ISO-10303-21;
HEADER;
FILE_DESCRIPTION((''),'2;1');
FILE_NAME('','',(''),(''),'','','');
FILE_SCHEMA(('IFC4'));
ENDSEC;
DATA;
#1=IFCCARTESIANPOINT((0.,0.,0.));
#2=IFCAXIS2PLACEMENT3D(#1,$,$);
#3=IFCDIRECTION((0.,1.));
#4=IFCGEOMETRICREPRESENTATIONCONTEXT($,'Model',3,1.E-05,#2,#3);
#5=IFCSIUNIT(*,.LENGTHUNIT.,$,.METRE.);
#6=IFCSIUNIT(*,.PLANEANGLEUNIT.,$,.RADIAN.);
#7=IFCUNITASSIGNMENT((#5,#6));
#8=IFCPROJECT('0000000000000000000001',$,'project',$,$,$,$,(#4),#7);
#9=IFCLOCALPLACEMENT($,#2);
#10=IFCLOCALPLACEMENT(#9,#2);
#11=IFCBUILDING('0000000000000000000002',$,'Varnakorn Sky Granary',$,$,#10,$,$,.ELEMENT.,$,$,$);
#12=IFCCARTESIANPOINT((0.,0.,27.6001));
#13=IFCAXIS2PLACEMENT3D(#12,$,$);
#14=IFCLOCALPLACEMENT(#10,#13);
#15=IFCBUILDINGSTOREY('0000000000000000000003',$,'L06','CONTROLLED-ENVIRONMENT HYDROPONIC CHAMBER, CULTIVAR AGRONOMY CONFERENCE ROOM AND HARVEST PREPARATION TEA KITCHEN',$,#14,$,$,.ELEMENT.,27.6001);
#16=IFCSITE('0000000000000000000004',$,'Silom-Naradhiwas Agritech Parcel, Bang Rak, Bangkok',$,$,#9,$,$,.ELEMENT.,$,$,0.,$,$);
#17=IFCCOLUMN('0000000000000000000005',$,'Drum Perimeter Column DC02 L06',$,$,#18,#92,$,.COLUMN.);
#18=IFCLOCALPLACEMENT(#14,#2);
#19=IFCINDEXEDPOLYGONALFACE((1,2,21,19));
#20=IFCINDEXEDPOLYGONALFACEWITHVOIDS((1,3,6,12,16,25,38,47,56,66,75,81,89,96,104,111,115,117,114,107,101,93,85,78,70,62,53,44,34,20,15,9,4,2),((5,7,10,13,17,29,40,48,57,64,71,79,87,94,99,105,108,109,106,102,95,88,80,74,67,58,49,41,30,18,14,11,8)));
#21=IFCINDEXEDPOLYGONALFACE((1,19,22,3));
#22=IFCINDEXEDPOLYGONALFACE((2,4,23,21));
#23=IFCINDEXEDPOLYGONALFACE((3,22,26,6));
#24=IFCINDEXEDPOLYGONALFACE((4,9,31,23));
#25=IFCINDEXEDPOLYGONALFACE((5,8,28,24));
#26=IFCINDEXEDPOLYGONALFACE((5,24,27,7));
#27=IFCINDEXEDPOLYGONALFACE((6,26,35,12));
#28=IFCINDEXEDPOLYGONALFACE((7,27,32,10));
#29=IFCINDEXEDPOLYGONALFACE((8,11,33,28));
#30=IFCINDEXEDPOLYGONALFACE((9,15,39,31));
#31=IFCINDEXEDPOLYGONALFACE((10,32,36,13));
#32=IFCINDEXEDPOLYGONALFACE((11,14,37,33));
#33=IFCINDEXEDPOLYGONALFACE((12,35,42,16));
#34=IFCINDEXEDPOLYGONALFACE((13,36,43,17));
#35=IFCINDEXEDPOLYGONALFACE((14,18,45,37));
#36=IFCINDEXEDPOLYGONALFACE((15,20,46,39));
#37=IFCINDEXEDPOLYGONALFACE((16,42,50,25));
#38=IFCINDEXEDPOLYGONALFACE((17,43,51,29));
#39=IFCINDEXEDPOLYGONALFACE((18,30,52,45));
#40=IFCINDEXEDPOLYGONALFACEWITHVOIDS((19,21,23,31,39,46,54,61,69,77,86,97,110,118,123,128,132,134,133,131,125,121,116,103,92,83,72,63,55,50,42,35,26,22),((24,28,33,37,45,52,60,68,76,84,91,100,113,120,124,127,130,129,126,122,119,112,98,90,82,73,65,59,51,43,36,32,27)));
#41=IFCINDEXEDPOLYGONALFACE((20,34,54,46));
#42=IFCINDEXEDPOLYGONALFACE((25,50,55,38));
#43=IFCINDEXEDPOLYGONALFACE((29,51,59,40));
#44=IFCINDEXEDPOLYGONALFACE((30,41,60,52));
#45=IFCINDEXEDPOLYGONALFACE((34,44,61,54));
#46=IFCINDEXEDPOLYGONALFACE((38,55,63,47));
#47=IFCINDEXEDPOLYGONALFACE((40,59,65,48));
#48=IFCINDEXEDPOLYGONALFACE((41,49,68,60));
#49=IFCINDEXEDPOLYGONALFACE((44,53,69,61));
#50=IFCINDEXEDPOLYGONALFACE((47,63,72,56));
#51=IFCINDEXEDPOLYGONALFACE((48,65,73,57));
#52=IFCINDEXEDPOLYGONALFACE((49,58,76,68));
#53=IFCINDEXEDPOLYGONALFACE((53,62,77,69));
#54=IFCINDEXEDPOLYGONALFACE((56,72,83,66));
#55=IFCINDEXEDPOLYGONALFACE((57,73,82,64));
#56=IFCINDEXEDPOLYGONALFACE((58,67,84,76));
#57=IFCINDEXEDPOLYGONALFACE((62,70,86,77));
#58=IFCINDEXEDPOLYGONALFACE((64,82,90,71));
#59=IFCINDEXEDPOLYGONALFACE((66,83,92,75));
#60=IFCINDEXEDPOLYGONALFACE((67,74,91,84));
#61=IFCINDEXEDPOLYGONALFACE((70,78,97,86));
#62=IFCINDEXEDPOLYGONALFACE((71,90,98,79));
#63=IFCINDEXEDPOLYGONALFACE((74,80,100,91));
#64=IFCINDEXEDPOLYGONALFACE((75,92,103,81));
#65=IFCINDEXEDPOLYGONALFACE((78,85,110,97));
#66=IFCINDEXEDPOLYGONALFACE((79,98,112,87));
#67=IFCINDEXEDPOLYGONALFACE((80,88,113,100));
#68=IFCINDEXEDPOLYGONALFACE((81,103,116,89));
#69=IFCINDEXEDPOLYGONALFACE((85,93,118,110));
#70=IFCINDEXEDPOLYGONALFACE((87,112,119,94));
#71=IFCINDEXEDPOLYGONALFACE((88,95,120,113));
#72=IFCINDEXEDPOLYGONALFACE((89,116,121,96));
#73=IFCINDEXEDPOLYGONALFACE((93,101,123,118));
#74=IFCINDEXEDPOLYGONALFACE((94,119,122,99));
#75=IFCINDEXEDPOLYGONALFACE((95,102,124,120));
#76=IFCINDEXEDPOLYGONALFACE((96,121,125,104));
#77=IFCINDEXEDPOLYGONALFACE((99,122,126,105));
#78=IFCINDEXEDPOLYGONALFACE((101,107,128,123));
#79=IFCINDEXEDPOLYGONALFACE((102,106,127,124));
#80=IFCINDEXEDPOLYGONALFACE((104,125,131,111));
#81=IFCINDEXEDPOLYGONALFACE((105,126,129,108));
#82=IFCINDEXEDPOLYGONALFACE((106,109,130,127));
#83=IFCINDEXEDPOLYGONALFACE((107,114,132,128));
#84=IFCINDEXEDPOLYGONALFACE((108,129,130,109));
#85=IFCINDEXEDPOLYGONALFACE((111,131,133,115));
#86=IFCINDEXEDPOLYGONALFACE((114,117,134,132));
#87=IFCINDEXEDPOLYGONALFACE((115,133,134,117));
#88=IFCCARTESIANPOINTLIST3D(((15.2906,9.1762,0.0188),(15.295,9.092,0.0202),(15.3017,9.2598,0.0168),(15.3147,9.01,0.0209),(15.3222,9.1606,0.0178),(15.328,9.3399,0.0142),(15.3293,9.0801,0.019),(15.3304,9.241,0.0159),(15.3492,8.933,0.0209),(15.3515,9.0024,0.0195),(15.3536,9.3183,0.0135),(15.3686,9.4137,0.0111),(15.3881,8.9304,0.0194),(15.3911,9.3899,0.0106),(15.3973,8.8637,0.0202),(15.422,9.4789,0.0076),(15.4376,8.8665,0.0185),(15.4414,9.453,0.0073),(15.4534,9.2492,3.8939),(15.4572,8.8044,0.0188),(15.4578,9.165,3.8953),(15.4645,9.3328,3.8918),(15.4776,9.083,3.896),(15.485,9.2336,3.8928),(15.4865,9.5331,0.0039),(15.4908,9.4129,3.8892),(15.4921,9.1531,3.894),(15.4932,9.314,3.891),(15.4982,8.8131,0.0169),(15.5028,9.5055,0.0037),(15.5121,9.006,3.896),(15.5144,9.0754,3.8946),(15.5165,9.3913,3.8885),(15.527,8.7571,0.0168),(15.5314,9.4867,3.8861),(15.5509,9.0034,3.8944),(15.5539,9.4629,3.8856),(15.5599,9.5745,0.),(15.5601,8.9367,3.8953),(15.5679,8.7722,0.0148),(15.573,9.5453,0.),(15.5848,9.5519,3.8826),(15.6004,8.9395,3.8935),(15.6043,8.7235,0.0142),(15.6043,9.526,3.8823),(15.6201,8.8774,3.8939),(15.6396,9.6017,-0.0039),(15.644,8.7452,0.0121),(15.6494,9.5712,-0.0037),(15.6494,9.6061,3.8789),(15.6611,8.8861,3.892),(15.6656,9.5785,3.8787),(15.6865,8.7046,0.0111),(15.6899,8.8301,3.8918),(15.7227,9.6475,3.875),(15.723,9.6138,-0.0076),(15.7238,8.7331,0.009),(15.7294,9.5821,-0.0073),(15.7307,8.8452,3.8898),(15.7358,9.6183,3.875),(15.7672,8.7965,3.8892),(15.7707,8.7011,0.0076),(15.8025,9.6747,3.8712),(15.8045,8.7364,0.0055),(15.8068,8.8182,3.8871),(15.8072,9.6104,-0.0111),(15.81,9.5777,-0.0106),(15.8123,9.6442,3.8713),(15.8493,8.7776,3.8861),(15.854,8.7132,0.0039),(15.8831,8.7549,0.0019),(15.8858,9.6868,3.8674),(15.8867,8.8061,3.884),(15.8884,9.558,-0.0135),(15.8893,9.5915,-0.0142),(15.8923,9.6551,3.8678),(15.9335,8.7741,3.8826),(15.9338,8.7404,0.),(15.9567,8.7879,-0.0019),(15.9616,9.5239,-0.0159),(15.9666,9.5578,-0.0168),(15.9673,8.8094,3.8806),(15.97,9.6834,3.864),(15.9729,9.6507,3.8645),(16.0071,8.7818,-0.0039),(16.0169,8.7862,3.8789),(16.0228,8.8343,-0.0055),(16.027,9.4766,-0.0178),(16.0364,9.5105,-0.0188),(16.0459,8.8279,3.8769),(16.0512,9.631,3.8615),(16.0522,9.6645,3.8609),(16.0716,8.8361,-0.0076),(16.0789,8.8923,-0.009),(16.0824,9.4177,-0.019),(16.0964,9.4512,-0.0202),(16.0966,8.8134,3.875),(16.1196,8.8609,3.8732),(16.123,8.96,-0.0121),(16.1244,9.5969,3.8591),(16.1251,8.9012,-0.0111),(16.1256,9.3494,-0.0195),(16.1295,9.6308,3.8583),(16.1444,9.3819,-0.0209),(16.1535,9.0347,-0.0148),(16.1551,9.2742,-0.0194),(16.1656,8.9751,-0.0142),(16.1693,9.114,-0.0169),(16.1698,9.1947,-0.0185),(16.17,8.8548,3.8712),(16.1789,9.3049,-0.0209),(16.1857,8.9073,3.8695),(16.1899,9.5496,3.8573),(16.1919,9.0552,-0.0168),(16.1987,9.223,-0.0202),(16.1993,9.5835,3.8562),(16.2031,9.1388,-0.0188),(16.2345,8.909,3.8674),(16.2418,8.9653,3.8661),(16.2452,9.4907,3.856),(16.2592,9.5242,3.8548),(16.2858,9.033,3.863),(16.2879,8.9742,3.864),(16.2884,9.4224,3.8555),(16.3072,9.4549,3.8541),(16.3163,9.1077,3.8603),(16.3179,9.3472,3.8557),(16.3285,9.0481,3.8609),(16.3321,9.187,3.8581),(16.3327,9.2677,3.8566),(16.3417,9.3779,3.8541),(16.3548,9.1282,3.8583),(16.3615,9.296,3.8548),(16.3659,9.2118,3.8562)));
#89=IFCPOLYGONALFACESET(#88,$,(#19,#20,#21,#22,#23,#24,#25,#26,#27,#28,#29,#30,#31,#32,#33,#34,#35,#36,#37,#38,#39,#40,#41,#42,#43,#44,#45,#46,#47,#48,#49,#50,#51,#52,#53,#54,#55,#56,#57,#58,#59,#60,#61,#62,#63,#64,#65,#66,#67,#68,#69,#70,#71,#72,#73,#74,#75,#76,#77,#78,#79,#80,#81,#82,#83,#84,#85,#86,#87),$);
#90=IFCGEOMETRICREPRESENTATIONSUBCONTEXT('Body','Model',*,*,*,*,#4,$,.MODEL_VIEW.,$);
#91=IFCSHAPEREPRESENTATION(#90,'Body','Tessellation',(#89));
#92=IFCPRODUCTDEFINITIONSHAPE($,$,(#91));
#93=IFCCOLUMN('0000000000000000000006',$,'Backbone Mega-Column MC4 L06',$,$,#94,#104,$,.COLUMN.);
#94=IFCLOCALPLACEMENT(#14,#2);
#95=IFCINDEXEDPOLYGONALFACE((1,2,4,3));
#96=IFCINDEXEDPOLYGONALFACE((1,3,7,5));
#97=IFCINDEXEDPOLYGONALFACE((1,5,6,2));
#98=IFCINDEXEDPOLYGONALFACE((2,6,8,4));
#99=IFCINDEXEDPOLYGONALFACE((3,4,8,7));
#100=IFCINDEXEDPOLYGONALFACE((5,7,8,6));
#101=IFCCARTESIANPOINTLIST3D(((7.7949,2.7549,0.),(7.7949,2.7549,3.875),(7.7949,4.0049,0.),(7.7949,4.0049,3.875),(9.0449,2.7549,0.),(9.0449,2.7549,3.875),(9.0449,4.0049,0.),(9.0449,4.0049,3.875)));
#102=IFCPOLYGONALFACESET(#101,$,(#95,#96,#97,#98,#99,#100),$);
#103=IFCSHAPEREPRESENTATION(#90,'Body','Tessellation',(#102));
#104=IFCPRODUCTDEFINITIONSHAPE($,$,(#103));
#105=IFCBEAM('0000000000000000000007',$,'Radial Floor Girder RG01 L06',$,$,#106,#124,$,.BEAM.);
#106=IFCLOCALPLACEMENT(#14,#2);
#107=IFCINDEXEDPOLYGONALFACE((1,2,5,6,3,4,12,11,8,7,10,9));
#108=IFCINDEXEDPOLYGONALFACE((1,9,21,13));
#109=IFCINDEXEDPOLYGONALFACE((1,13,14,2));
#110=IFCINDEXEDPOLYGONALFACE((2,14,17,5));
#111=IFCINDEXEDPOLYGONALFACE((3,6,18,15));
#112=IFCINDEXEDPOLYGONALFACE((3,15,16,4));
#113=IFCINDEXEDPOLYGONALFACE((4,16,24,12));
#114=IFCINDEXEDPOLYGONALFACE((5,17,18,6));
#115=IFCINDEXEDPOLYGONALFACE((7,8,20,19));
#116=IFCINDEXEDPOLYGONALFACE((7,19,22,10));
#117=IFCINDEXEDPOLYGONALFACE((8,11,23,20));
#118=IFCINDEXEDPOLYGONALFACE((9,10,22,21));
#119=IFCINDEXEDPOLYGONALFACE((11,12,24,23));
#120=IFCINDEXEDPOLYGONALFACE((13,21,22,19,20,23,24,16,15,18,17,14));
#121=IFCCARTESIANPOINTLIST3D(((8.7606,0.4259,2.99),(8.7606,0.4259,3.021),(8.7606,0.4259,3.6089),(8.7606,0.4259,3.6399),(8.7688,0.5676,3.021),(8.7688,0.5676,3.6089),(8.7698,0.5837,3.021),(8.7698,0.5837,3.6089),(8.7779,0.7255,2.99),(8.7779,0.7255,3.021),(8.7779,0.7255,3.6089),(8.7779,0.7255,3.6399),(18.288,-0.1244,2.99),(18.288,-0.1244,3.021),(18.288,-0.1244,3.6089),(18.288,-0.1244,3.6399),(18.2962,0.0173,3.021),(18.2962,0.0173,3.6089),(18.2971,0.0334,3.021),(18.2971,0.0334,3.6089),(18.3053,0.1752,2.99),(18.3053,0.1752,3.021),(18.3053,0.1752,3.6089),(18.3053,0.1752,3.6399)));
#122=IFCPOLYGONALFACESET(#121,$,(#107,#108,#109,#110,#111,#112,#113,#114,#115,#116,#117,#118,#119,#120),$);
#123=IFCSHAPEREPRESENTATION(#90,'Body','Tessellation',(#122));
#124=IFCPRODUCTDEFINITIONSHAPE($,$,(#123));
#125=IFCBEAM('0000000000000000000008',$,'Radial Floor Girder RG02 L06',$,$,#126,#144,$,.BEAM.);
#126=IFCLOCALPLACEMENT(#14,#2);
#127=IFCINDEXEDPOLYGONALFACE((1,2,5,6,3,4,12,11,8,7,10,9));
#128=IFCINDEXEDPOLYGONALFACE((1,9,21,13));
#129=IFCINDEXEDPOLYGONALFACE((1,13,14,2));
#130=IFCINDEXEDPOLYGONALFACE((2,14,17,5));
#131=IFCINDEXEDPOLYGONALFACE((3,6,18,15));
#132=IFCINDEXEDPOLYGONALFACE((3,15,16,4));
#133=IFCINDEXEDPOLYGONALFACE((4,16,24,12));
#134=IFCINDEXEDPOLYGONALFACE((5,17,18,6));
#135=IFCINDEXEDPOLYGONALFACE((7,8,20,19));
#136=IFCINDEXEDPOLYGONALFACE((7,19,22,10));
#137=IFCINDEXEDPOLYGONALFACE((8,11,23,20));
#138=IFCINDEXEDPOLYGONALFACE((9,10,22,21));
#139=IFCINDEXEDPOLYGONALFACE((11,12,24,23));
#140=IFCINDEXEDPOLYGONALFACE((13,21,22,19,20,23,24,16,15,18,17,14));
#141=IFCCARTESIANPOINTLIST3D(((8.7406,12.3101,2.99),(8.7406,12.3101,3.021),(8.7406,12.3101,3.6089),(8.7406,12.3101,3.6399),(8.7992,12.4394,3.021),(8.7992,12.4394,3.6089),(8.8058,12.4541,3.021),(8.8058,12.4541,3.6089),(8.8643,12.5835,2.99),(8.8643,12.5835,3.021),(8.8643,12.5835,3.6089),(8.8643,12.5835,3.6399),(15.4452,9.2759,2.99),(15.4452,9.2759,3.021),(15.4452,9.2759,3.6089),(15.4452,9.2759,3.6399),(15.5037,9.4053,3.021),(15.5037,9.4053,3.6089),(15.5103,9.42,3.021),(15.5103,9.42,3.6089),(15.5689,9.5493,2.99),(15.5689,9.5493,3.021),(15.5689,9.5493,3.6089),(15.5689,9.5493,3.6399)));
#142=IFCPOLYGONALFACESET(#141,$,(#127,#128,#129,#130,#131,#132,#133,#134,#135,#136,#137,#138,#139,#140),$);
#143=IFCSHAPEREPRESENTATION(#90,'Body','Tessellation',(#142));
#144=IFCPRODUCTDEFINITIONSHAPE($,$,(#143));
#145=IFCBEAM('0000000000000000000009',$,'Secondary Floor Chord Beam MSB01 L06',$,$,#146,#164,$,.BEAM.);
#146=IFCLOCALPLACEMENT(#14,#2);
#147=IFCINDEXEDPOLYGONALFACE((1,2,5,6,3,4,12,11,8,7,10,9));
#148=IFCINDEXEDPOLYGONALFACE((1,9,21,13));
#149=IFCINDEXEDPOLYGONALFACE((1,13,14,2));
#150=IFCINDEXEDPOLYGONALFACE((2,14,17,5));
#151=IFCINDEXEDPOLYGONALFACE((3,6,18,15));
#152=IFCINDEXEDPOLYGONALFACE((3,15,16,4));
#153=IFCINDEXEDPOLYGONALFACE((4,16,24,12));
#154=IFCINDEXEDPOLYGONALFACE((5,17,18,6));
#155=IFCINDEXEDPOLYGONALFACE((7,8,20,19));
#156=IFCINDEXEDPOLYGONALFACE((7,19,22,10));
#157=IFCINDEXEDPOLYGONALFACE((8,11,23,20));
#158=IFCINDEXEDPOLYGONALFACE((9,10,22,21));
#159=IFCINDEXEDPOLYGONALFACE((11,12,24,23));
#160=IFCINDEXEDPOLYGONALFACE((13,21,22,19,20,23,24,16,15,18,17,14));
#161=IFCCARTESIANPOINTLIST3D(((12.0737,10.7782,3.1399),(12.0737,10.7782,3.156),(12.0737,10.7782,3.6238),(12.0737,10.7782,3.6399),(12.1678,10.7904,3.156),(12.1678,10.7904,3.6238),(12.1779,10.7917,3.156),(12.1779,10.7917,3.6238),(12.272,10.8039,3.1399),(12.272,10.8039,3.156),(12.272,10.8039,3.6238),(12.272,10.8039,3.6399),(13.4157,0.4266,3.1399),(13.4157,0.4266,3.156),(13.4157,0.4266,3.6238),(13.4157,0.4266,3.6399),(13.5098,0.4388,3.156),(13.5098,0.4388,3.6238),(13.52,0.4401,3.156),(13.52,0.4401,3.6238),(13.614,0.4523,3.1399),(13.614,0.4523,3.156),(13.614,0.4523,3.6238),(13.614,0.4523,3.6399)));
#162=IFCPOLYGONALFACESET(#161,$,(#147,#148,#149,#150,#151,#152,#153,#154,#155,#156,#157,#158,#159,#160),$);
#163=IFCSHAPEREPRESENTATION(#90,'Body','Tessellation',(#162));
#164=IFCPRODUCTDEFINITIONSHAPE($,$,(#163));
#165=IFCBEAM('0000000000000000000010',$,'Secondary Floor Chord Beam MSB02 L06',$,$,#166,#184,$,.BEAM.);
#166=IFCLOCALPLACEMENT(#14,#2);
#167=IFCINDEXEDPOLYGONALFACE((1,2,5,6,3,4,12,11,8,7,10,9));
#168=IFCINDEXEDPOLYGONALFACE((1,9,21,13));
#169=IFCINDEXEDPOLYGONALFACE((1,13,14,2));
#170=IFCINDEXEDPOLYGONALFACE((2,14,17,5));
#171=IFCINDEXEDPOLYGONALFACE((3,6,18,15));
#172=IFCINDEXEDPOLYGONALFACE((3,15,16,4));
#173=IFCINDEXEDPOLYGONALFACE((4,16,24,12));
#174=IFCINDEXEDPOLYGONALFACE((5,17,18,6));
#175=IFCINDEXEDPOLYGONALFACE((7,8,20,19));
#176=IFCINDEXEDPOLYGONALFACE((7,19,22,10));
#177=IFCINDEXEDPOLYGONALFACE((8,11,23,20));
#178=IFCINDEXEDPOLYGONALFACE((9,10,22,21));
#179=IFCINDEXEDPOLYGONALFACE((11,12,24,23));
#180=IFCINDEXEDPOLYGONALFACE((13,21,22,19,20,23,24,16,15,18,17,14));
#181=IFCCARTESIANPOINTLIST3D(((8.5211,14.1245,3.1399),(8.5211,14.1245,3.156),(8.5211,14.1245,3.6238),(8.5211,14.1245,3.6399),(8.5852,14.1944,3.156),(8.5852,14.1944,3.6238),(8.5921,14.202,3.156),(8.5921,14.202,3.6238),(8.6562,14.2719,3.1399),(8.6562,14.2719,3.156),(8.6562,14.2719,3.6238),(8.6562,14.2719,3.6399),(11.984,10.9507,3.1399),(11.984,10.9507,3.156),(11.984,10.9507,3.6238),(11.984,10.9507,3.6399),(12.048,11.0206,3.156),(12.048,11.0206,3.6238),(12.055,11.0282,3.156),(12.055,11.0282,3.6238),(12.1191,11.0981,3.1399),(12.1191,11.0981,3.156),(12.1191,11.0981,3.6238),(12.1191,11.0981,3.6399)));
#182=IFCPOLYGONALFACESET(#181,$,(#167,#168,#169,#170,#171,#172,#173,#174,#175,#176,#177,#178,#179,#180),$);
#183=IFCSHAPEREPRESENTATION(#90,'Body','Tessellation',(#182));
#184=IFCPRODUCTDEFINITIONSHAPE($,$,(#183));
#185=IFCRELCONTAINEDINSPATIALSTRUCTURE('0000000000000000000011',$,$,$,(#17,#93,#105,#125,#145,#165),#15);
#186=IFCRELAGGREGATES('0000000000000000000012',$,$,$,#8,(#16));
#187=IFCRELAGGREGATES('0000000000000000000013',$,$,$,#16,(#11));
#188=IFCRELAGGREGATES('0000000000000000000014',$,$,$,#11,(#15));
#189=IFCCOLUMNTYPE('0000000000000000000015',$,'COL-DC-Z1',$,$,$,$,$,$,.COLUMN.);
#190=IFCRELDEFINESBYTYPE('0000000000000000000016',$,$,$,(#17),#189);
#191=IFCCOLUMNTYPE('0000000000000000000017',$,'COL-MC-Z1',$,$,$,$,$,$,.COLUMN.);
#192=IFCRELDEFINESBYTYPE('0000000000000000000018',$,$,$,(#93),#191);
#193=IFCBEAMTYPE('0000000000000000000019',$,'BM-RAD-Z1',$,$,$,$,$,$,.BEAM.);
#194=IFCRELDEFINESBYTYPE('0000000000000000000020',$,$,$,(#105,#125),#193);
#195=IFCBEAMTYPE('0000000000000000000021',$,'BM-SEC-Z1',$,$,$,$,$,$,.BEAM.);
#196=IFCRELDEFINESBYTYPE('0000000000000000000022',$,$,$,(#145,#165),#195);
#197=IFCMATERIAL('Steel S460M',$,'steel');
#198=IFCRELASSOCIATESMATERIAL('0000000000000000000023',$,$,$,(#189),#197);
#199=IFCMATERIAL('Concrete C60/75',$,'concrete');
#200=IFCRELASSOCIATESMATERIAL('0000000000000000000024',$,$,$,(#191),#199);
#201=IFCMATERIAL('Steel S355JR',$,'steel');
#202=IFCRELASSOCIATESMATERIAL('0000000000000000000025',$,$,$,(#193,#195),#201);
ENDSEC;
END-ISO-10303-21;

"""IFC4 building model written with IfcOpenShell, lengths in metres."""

from ifc_helpers import new_model, si_unit, direction, frame, origin, origin_2d, place, context, subcontext, project, spatial, rectangle, hollow_circle, i_section, extrude, material, material_profile, profile_set, type_object, element, save


model = new_model("IFC4")

# Units and contexts
model_context = context("Model", 3, precision=1e-05, world=origin(), true_north=direction((0.0, 1.0)))
body_context = subcontext(model_context, "Body", "Model", "MODEL_VIEW")
ifc_project = project(units=[si_unit("LENGTHUNIT", "METRE"), si_unit("PLANEANGLEUNIT", "RADIAN")], contexts=[model_context])

# Site, building, storey
site_placement = place(None, origin())
site = spatial("IfcSite", under=ifc_project, at=site_placement, Name="Silom-Naradhiwas Agritech Parcel, Bang Rak, Bangkok", CompositionType="ELEMENT", RefElevation=0.0)
building_placement = place(site_placement, origin())
building = spatial("IfcBuilding", under=site, at=building_placement, Name="Varnakorn Sky Granary", CompositionType="ELEMENT")
storey_placement = place(building_placement, frame((0.0, 0.0, 27.6001)))
storey = spatial("IfcBuildingStorey", under=building, at=storey_placement, Name="L06", Description="CONTROLLED-ENVIRONMENT HYDROPONIC CHAMBER, CULTIVAR AGRONOMY CONFERENCE ROOM AND HARVEST PREPARATION TEA KITCHEN", CompositionType="ELEMENT", Elevation=27.6001)

# Columns
ifc_material_1 = material(Name="Steel S460M", Category="steel")
ifc_material_profile_1 = material_profile(ifc_material_1, hollow_circle(Radius=0.457, WallThickness=0.032, at=origin_2d()), Name="CHS 914x32")
ifc_profile_set_1 = profile_set([ifc_material_profile_1], Name="Steel S460M")
column_type_1 = type_object("IfcColumnType", Name="COL-DC-Z1", PredefinedType="COLUMN", material=ifc_profile_set_1)
column_1_placement = place(storey_placement, frame((15.7468, 9.1575, 0.0), z_axis=(0.041979, 0.018818, 0.998941), x_axis=(-0.409056, 0.912509, 0.0)))
element("IfcColumn", 1, at=column_1_placement, inside=storey, type_object=column_type_1, Name="Drum Perimeter Column DC02 L06", PredefinedType="COLUMN", context=body_context, shape_type="SweptSolid", body=[
    extrude(hollow_circle(Radius=0.457, WallThickness=0.032, at=origin_2d()), origin(), (0.0, 0.0, 1.0), 3.8792),
])
ifc_material_2 = material(Name="Concrete C60/75", Category="concrete")
ifc_material_profile_2 = material_profile(ifc_material_2, rectangle(XDim=1.25, YDim=1.25, at=origin_2d()), Name="RC 1250x1250")
ifc_profile_set_2 = profile_set([ifc_material_profile_2], Name="Concrete C60/75")
column_type_2 = type_object("IfcColumnType", Name="COL-MC-Z1", PredefinedType="COLUMN", material=ifc_profile_set_2)
column_2_placement = place(storey_placement, frame((8.4199, 3.3799, 0.0), z_axis=(0.0, 0.0, 1.0), x_axis=(1.0, 0.0, 0.0)))
element("IfcColumn", 2, at=column_2_placement, inside=storey, type_object=column_type_2, Name="Backbone Mega-Column MC4 L06", PredefinedType="COLUMN", context=body_context, shape_type="SweptSolid", body=[
    extrude(rectangle(XDim=1.25, YDim=1.25, at=origin_2d()), origin(), (0.0, 0.0, 1.0), 3.875),
])

# Beams
ifc_material_3 = material(Name="Steel S355JR", Category="steel")
ifc_material_profile_3 = material_profile(ifc_material_3, i_section(OverallWidth=0.3, OverallDepth=0.6499, WebThickness=0.0161, FlangeThickness=0.031, at=origin_2d()), Name="HE 650 B")
ifc_profile_set_3 = profile_set([ifc_material_profile_3], Name="Steel S355JR")
beam_type_1 = type_object("IfcBeamType", Name="BM-RAD-Z1", PredefinedType="BEAM", material=ifc_profile_set_3)
beam_1_placement = place(storey_placement, frame((8.7693, 0.5757, 3.3149), z_axis=(0.998336, -0.057663, 0.0), x_axis=(0.057663, 0.998336, 0.0)))
element("IfcBeam", 3, at=beam_1_placement, inside=storey, type_object=beam_type_1, Name="Radial Floor Girder RG01 L06", PredefinedType="BEAM", context=body_context, shape_type="SweptSolid", body=[
    extrude(i_section(OverallWidth=0.3, OverallDepth=0.6499, WebThickness=0.0161, FlangeThickness=0.031, at=origin_2d()), origin(), (0.0, 0.0, 1.0), 9.5432),
])
beam_2_placement = place(storey_placement, frame((8.8025, 12.4468, 3.3149), z_axis=(0.911049, -0.412298, 0.0), x_axis=(0.412298, 0.911049, 0.0)))
element("IfcBeam", 4, at=beam_2_placement, inside=storey, type_object=beam_type_1, Name="Radial Floor Girder RG02 L06", PredefinedType="BEAM", context=body_context, shape_type="SweptSolid", body=[
    extrude(i_section(OverallWidth=0.3, OverallDepth=0.6499, WebThickness=0.0161, FlangeThickness=0.031, at=origin_2d()), origin(), (0.0, 0.0, 1.0), 7.3591),
])
ifc_material_profile_4 = material_profile(ifc_material_3, i_section(OverallWidth=0.2, OverallDepth=0.5, WebThickness=0.0103, FlangeThickness=0.0161, at=origin_2d()), Name="IPE 500")
ifc_profile_set_4 = profile_set([ifc_material_profile_4], Name="Steel S355JR")
beam_type_2 = type_object("IfcBeamType", Name="BM-SEC-Z1", PredefinedType="BEAM", material=ifc_profile_set_4)
beam_3_placement = place(storey_placement, frame((13.5149, 0.4395, 3.3899), z_axis=(-0.12857, 0.9917, 0.0), x_axis=(-0.9917, -0.12857, 0.0)))
element("IfcBeam", 5, at=beam_3_placement, inside=storey, type_object=beam_type_2, Name="Secondary Floor Chord Beam MSB01 L06", PredefinedType="BEAM", context=body_context, shape_type="SweptSolid", body=[
    extrude(i_section(OverallWidth=0.2, OverallDepth=0.5, WebThickness=0.0103, FlangeThickness=0.0161, at=origin_2d()), origin(), (0.0, 0.0, 1.0), 10.4382),
])
beam_4_placement = place(storey_placement, frame((12.0515, 11.0244, 3.3899), z_axis=(-0.737206, 0.675668, 0.0), x_axis=(-0.675668, -0.737206, 0.0)))
element("IfcBeam", 6, at=beam_4_placement, inside=storey, type_object=beam_type_2, Name="Secondary Floor Chord Beam MSB02 L06", PredefinedType="BEAM", context=body_context, shape_type="SweptSolid", body=[
    extrude(i_section(OverallWidth=0.2, OverallDepth=0.5, WebThickness=0.0103, FlangeThickness=0.0161, at=origin_2d()), origin(), (0.0, 0.0, 1.0), 4.6973),
])

save(model, "model.ifc")
